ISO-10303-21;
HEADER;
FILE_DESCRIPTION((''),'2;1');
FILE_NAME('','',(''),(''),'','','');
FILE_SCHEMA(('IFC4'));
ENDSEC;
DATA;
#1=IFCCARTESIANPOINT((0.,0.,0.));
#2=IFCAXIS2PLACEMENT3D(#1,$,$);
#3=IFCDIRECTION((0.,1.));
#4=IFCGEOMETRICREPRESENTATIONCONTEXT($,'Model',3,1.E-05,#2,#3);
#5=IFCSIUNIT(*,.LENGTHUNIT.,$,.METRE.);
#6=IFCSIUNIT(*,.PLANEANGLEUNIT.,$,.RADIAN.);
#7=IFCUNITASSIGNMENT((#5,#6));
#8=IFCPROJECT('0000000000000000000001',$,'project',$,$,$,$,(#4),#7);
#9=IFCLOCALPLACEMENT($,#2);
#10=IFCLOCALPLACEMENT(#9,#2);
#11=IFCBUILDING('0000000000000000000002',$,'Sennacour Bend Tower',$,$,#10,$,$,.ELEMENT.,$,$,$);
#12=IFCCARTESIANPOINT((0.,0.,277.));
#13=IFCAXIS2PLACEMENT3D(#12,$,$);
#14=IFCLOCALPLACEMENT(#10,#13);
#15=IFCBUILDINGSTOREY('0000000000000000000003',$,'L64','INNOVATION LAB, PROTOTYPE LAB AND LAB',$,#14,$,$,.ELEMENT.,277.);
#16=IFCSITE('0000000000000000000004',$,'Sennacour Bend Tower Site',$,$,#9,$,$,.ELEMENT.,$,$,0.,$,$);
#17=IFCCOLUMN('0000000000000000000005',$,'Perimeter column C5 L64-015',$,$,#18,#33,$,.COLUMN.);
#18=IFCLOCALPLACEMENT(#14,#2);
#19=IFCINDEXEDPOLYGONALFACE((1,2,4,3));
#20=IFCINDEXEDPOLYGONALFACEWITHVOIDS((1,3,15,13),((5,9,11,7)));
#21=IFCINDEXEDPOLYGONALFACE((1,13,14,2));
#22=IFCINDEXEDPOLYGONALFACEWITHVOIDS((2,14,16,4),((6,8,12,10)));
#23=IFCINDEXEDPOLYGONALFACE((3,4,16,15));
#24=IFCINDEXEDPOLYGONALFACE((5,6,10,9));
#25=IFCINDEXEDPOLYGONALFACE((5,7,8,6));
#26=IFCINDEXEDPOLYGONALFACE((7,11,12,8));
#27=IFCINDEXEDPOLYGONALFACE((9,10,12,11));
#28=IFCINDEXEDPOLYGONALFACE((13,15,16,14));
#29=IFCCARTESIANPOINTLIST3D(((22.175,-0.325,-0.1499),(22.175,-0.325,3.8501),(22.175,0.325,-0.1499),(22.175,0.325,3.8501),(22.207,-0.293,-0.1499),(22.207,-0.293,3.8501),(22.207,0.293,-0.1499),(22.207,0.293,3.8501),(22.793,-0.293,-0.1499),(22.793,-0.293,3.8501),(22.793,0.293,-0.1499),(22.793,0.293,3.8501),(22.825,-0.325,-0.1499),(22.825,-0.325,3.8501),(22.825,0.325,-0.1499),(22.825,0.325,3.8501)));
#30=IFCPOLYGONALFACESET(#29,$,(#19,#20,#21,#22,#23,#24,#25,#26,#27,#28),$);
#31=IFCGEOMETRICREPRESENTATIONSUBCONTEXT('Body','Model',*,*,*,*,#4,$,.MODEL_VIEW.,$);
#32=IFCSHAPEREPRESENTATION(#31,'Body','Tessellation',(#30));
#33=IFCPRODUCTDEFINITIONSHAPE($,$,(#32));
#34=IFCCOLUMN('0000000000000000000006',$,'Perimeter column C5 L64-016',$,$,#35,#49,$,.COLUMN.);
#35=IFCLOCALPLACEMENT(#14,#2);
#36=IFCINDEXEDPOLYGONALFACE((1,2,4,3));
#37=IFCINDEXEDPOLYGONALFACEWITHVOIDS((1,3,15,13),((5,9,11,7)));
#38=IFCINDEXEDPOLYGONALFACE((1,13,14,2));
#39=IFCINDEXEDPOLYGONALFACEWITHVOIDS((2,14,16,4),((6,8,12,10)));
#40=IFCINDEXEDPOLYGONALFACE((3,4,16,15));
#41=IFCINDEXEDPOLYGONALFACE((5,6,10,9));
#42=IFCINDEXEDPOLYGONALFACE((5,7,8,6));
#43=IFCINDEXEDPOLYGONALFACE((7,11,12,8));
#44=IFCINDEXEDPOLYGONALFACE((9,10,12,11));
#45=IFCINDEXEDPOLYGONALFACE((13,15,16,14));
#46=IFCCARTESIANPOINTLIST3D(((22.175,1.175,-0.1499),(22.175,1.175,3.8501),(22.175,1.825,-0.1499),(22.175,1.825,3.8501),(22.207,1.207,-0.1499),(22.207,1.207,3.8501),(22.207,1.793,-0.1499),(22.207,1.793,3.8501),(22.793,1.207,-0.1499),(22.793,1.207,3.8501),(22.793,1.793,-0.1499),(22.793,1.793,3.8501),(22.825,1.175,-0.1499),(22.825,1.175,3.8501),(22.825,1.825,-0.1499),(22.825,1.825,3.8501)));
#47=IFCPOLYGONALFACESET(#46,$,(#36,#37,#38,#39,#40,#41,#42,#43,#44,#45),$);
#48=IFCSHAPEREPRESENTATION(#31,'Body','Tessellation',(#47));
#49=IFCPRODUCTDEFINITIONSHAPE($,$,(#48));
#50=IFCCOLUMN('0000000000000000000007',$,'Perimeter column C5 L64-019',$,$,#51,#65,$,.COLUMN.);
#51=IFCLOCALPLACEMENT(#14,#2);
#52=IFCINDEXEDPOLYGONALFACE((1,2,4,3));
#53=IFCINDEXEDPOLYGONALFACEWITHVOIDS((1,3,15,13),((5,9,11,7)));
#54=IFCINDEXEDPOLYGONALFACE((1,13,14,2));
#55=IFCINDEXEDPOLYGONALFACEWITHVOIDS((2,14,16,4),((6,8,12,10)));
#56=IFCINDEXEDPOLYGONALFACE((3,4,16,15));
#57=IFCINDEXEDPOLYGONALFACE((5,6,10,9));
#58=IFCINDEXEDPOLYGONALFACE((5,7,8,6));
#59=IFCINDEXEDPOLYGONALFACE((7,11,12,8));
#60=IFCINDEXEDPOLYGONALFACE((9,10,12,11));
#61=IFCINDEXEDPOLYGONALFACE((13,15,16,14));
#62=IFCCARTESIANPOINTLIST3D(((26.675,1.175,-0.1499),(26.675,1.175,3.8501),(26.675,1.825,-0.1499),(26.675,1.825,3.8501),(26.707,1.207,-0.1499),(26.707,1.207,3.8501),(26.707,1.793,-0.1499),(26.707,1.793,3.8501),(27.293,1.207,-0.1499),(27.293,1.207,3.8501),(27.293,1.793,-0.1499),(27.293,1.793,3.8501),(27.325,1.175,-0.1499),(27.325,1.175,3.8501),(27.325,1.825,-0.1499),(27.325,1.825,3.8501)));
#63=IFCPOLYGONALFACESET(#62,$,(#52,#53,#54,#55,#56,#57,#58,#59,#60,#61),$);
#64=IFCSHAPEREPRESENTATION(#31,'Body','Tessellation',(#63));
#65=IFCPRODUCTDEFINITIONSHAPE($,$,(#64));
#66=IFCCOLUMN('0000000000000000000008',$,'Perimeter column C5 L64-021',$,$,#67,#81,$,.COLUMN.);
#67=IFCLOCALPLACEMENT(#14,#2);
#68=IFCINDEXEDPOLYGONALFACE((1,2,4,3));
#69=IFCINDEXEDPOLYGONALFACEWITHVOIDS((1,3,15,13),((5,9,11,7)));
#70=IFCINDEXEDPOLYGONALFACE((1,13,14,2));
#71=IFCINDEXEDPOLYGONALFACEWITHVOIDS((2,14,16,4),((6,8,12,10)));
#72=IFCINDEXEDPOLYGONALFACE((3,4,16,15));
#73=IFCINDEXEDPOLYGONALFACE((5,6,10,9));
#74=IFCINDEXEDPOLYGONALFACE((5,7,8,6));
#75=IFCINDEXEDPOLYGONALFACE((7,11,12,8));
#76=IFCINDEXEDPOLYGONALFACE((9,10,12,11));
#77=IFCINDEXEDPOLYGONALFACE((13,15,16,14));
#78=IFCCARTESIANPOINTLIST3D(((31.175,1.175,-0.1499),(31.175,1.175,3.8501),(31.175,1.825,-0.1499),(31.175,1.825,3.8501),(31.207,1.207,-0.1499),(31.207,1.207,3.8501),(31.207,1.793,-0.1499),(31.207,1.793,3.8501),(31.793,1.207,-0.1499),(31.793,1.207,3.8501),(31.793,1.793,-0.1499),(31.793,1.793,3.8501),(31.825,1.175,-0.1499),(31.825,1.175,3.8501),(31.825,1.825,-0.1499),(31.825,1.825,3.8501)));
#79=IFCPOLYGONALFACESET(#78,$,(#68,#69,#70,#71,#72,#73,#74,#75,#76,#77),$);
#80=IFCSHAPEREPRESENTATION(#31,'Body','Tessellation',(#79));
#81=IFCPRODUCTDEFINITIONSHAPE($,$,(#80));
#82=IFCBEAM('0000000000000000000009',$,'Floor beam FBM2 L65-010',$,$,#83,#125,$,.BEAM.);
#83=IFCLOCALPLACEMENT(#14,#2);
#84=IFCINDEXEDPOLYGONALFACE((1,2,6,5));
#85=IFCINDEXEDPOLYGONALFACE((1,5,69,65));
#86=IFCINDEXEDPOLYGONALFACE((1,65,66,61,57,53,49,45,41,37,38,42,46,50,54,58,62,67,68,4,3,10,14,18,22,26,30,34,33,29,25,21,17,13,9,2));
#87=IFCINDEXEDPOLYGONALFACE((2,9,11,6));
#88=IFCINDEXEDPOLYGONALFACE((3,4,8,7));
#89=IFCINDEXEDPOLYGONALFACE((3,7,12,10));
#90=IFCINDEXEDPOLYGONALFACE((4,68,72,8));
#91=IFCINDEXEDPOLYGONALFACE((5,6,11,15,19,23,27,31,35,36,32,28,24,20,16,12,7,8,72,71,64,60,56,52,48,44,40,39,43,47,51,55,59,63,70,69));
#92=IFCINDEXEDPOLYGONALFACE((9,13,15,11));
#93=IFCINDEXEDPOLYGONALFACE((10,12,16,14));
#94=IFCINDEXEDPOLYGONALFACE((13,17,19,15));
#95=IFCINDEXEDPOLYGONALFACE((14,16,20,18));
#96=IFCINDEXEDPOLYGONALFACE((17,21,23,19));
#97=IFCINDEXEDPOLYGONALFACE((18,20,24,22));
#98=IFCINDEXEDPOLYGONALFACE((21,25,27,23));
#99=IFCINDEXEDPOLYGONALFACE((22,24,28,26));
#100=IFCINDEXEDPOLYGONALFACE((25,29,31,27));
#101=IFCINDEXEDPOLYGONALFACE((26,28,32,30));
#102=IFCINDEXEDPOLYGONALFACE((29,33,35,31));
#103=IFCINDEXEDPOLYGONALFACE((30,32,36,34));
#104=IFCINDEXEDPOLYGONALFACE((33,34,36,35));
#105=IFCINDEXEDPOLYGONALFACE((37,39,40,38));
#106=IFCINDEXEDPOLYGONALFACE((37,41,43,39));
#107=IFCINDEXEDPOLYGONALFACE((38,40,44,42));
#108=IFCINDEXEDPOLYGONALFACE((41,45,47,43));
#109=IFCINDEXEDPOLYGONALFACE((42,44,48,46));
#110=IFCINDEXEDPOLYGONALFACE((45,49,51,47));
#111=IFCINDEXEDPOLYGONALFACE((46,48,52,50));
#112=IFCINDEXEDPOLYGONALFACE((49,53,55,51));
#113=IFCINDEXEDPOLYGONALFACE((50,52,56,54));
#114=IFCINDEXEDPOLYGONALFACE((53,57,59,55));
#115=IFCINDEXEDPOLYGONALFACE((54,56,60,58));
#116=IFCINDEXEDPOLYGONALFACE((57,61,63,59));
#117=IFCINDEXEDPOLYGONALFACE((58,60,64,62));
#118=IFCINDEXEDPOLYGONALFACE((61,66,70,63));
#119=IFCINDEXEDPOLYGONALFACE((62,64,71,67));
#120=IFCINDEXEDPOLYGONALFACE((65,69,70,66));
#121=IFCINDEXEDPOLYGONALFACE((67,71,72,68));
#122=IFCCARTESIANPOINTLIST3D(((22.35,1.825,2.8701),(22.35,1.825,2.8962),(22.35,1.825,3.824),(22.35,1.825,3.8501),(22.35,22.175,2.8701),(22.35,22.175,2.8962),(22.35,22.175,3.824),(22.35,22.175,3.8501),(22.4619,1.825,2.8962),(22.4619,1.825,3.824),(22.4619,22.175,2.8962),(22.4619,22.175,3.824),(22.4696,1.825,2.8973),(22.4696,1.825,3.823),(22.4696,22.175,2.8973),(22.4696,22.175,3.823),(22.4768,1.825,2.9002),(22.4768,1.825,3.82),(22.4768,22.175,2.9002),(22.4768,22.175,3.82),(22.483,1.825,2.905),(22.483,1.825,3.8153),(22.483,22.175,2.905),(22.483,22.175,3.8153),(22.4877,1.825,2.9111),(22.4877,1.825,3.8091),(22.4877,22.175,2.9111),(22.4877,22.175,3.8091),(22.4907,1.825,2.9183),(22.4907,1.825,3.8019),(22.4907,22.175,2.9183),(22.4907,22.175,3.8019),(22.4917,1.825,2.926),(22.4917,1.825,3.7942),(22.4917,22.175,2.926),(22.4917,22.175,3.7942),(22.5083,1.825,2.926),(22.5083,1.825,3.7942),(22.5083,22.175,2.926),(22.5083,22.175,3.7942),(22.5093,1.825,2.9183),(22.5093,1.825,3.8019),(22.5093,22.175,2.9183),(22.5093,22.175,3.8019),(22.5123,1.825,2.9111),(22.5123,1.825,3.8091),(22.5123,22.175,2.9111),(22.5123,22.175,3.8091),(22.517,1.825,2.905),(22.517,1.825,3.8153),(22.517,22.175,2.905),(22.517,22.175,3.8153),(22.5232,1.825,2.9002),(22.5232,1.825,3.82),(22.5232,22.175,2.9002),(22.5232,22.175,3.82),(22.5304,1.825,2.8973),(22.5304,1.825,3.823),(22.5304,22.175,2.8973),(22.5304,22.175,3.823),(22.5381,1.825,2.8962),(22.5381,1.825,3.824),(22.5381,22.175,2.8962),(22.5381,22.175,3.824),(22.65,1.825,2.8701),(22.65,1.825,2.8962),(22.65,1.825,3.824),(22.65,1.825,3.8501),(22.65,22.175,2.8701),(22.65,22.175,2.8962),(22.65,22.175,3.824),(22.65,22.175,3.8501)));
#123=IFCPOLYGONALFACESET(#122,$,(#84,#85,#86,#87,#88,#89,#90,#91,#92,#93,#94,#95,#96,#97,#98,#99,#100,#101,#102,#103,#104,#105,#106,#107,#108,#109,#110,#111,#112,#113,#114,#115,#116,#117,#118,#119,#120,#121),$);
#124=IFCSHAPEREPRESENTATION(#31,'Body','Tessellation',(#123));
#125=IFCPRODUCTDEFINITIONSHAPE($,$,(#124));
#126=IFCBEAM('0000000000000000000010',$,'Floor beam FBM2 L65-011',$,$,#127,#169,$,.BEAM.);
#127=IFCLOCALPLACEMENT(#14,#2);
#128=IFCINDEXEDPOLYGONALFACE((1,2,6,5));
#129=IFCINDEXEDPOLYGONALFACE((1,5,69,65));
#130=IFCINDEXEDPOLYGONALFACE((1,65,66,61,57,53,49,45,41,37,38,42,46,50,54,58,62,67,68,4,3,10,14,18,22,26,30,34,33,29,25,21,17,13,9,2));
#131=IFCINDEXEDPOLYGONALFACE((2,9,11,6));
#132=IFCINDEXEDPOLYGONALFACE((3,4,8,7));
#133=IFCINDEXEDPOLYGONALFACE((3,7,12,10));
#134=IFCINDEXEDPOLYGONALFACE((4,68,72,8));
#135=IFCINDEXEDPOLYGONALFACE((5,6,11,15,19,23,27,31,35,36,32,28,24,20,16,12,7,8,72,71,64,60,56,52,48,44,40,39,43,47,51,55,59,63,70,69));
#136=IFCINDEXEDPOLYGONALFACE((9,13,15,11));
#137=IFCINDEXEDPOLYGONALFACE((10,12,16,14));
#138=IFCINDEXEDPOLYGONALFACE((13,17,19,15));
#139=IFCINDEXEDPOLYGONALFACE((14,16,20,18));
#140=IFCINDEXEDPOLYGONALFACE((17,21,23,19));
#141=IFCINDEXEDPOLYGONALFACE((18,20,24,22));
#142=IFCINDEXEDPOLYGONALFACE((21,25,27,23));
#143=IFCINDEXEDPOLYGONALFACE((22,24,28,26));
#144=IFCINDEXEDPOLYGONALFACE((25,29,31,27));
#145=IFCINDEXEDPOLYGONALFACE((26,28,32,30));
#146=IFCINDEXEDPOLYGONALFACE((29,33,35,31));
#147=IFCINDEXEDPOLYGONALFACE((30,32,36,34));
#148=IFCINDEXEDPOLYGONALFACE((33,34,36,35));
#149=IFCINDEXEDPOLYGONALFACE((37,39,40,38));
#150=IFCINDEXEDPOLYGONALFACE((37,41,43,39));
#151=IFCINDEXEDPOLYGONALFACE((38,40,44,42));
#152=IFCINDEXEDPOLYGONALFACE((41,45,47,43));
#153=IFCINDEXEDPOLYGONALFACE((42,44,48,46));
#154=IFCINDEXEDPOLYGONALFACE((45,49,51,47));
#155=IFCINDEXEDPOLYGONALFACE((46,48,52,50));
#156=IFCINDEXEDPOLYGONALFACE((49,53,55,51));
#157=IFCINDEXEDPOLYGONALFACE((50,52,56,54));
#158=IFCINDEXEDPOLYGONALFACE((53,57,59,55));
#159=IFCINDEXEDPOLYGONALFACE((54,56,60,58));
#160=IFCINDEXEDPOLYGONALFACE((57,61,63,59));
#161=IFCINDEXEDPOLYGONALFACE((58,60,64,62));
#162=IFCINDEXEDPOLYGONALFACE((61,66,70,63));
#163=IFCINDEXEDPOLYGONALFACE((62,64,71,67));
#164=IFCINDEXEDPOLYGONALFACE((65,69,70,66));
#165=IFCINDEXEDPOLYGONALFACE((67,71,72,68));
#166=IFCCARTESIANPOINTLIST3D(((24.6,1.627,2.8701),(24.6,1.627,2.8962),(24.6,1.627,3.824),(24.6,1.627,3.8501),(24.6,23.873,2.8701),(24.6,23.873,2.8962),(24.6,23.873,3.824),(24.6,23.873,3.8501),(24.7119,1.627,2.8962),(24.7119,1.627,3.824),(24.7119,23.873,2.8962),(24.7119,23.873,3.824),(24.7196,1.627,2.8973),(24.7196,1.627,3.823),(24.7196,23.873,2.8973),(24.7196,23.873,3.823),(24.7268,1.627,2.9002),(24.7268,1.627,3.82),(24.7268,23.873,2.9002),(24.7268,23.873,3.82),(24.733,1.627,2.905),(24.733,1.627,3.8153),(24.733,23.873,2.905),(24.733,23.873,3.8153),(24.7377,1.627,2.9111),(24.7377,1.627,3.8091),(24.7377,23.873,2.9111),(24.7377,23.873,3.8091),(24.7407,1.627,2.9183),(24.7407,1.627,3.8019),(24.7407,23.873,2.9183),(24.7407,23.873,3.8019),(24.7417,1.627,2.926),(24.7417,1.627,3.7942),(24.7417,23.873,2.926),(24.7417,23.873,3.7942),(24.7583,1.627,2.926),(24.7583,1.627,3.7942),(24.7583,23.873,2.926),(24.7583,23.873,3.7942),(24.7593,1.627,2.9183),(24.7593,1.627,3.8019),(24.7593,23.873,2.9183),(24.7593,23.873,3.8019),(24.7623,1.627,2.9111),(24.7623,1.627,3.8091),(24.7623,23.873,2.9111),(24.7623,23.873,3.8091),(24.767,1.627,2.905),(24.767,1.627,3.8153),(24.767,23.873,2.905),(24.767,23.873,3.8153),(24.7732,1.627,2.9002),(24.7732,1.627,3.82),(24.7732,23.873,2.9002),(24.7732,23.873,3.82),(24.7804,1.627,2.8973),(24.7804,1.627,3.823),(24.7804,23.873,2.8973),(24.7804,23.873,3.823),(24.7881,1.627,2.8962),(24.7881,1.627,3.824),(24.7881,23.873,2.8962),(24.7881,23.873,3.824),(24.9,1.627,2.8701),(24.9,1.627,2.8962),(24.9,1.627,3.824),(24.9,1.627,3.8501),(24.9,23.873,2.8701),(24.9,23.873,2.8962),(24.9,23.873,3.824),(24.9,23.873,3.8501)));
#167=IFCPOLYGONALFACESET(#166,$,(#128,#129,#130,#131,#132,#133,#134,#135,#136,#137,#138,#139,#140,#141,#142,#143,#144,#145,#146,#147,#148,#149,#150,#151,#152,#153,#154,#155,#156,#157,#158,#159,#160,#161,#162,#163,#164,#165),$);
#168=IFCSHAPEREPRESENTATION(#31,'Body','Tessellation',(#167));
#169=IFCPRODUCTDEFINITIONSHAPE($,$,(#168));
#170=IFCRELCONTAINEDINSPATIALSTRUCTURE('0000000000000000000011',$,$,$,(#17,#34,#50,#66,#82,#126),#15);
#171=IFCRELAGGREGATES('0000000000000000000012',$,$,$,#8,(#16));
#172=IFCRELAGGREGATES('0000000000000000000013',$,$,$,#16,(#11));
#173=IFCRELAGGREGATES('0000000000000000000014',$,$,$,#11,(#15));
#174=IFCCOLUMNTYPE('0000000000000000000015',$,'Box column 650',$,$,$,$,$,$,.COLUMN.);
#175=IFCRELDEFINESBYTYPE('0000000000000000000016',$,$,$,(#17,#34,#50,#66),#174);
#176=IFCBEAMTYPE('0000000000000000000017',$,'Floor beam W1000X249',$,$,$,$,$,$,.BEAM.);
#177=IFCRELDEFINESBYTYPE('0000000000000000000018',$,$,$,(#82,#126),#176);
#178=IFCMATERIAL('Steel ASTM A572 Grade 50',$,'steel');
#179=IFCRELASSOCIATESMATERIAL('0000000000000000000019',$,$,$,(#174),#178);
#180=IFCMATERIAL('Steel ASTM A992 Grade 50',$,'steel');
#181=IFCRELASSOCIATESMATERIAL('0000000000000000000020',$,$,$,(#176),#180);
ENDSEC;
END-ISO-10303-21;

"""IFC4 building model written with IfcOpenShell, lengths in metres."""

from ifc_helpers import new_model, si_unit, direction, frame, origin, origin_2d, place, context, subcontext, project, spatial, hollow_rectangle, i_section, extrude, material, material_profile, profile_set, type_object, element, save


model = new_model("IFC4")

# Units and contexts
model_context = context("Model", 3, precision=1e-05, world=origin(), true_north=direction((0.0, 1.0)))
body_context = subcontext(model_context, "Body", "Model", "MODEL_VIEW")
ifc_project = project(units=[si_unit("LENGTHUNIT", "METRE"), si_unit("PLANEANGLEUNIT", "RADIAN")], contexts=[model_context])

# Site, building, storey
site_placement = place(None, origin())
site = spatial("IfcSite", under=ifc_project, at=site_placement, Name="Sennacour Bend Tower Site", CompositionType="ELEMENT", RefElevation=0.0)
building_placement = place(site_placement, origin())
building = spatial("IfcBuilding", under=site, at=building_placement, Name="Sennacour Bend Tower", CompositionType="ELEMENT")
storey_placement = place(building_placement, frame((0.0, 0.0, 277.0)))
storey = spatial("IfcBuildingStorey", under=building, at=storey_placement, Name="L64", Description="INNOVATION LAB, PROTOTYPE LAB AND LAB", CompositionType="ELEMENT", Elevation=277.0)

# Columns
ifc_material_1 = material(Name="Steel ASTM A572 Grade 50", Category="steel")
ifc_material_profile_1 = material_profile(ifc_material_1, hollow_rectangle(XDim=0.6499, YDim=0.6499, WallThickness=0.032, at=origin_2d()), Name="Steel ASTM A572 Grade 50", Category="steel")
ifc_profile_set_1 = profile_set([ifc_material_profile_1], Name="Steel ASTM A572 Grade 50")
column_type = type_object("IfcColumnType", Name="Box column 650", PredefinedType="COLUMN", material=ifc_profile_set_1)
for number, where, z_axis, x_axis, name in (
    (1, (22.5, 0.0, -0.1499), (0.0, 0.0, 1.0), (1.0, 0.0, 0.0), "Perimeter column C5 L64-015"),
    (2, (22.5, 1.5, -0.1499), (0.0, 0.0, 1.0), (1.0, 0.0, 0.0), "Perimeter column C5 L64-016"),
    (3, (27.0, 1.5, -0.1499), (0.0, 0.0, 1.0), (1.0, 0.0, 0.0), "Perimeter column C5 L64-019"),
    (4, (31.5, 1.5, -0.1499), (0.0, 0.0, 1.0), (1.0, 0.0, 0.0), "Perimeter column C5 L64-021"),
):
    element("IfcColumn", number, at=place(storey_placement, frame(where, z_axis=z_axis, x_axis=x_axis)), inside=storey, type_object=column_type, Name=name, PredefinedType="COLUMN", context=body_context, shape_type="SweptSolid", body=[
        extrude(hollow_rectangle(XDim=0.6499, YDim=0.6499, WallThickness=0.032, at=origin_2d()), origin(), (0.0, 0.0, 1.0), 4.0),
    ])

# Beams
ifc_material_2 = material(Name="Steel ASTM A992 Grade 50", Category="steel")
ifc_material_profile_2 = material_profile(ifc_material_2, i_section(OverallWidth=0.3, OverallDepth=0.98, WebThickness=0.0166, FlangeThickness=0.0261, FilletRadius=0.0298, at=origin_2d()), Name="Steel ASTM A992 Grade 50", Category="steel")
ifc_profile_set_2 = profile_set([ifc_material_profile_2], Name="Steel ASTM A992 Grade 50")
beam_type_1 = type_object("IfcBeamType", Name="Floor beam W1000X249", PredefinedType="BEAM", material=ifc_profile_set_2)
beam_1_placement = place(storey_placement, frame((22.5, 1.825, 3.3601), z_axis=(0.0, 1.0, 0.0), x_axis=(-1.0, 0.0, 0.0)))
element("IfcBeam", 5, at=beam_1_placement, inside=storey, type_object=beam_type_1, Name="Floor beam FBM2 L65-010", PredefinedType="BEAM", context=body_context, shape_type="SweptSolid", body=[
    extrude(i_section(OverallWidth=0.3, OverallDepth=0.98, WebThickness=0.0166, FlangeThickness=0.0261, FilletRadius=0.0298, at=origin_2d()), origin(), (0.0, 0.0, 1.0), 20.3501),
])
for number, where, z_axis, x_axis, name in (
    (6, (24.75, 1.627, 3.3601), (0.0, 1.0, 0.0), (-1.0, 0.0, 0.0), "Floor beam FBM2 L65-011"),
):
    element("IfcBeam", number, at=place(storey_placement, frame(where, z_axis=z_axis, x_axis=x_axis)), inside=storey, type_object=beam_type_1, Name=name, PredefinedType="BEAM", context=body_context, shape_type="SweptSolid", body=[
        extrude(i_section(OverallWidth=0.3, OverallDepth=0.98, WebThickness=0.0166, FlangeThickness=0.0261, FilletRadius=0.0298, at=origin_2d()), origin(), (0.0, 0.0, 1.0), 22.2461),
    ])

save(model, "model.ifc")
